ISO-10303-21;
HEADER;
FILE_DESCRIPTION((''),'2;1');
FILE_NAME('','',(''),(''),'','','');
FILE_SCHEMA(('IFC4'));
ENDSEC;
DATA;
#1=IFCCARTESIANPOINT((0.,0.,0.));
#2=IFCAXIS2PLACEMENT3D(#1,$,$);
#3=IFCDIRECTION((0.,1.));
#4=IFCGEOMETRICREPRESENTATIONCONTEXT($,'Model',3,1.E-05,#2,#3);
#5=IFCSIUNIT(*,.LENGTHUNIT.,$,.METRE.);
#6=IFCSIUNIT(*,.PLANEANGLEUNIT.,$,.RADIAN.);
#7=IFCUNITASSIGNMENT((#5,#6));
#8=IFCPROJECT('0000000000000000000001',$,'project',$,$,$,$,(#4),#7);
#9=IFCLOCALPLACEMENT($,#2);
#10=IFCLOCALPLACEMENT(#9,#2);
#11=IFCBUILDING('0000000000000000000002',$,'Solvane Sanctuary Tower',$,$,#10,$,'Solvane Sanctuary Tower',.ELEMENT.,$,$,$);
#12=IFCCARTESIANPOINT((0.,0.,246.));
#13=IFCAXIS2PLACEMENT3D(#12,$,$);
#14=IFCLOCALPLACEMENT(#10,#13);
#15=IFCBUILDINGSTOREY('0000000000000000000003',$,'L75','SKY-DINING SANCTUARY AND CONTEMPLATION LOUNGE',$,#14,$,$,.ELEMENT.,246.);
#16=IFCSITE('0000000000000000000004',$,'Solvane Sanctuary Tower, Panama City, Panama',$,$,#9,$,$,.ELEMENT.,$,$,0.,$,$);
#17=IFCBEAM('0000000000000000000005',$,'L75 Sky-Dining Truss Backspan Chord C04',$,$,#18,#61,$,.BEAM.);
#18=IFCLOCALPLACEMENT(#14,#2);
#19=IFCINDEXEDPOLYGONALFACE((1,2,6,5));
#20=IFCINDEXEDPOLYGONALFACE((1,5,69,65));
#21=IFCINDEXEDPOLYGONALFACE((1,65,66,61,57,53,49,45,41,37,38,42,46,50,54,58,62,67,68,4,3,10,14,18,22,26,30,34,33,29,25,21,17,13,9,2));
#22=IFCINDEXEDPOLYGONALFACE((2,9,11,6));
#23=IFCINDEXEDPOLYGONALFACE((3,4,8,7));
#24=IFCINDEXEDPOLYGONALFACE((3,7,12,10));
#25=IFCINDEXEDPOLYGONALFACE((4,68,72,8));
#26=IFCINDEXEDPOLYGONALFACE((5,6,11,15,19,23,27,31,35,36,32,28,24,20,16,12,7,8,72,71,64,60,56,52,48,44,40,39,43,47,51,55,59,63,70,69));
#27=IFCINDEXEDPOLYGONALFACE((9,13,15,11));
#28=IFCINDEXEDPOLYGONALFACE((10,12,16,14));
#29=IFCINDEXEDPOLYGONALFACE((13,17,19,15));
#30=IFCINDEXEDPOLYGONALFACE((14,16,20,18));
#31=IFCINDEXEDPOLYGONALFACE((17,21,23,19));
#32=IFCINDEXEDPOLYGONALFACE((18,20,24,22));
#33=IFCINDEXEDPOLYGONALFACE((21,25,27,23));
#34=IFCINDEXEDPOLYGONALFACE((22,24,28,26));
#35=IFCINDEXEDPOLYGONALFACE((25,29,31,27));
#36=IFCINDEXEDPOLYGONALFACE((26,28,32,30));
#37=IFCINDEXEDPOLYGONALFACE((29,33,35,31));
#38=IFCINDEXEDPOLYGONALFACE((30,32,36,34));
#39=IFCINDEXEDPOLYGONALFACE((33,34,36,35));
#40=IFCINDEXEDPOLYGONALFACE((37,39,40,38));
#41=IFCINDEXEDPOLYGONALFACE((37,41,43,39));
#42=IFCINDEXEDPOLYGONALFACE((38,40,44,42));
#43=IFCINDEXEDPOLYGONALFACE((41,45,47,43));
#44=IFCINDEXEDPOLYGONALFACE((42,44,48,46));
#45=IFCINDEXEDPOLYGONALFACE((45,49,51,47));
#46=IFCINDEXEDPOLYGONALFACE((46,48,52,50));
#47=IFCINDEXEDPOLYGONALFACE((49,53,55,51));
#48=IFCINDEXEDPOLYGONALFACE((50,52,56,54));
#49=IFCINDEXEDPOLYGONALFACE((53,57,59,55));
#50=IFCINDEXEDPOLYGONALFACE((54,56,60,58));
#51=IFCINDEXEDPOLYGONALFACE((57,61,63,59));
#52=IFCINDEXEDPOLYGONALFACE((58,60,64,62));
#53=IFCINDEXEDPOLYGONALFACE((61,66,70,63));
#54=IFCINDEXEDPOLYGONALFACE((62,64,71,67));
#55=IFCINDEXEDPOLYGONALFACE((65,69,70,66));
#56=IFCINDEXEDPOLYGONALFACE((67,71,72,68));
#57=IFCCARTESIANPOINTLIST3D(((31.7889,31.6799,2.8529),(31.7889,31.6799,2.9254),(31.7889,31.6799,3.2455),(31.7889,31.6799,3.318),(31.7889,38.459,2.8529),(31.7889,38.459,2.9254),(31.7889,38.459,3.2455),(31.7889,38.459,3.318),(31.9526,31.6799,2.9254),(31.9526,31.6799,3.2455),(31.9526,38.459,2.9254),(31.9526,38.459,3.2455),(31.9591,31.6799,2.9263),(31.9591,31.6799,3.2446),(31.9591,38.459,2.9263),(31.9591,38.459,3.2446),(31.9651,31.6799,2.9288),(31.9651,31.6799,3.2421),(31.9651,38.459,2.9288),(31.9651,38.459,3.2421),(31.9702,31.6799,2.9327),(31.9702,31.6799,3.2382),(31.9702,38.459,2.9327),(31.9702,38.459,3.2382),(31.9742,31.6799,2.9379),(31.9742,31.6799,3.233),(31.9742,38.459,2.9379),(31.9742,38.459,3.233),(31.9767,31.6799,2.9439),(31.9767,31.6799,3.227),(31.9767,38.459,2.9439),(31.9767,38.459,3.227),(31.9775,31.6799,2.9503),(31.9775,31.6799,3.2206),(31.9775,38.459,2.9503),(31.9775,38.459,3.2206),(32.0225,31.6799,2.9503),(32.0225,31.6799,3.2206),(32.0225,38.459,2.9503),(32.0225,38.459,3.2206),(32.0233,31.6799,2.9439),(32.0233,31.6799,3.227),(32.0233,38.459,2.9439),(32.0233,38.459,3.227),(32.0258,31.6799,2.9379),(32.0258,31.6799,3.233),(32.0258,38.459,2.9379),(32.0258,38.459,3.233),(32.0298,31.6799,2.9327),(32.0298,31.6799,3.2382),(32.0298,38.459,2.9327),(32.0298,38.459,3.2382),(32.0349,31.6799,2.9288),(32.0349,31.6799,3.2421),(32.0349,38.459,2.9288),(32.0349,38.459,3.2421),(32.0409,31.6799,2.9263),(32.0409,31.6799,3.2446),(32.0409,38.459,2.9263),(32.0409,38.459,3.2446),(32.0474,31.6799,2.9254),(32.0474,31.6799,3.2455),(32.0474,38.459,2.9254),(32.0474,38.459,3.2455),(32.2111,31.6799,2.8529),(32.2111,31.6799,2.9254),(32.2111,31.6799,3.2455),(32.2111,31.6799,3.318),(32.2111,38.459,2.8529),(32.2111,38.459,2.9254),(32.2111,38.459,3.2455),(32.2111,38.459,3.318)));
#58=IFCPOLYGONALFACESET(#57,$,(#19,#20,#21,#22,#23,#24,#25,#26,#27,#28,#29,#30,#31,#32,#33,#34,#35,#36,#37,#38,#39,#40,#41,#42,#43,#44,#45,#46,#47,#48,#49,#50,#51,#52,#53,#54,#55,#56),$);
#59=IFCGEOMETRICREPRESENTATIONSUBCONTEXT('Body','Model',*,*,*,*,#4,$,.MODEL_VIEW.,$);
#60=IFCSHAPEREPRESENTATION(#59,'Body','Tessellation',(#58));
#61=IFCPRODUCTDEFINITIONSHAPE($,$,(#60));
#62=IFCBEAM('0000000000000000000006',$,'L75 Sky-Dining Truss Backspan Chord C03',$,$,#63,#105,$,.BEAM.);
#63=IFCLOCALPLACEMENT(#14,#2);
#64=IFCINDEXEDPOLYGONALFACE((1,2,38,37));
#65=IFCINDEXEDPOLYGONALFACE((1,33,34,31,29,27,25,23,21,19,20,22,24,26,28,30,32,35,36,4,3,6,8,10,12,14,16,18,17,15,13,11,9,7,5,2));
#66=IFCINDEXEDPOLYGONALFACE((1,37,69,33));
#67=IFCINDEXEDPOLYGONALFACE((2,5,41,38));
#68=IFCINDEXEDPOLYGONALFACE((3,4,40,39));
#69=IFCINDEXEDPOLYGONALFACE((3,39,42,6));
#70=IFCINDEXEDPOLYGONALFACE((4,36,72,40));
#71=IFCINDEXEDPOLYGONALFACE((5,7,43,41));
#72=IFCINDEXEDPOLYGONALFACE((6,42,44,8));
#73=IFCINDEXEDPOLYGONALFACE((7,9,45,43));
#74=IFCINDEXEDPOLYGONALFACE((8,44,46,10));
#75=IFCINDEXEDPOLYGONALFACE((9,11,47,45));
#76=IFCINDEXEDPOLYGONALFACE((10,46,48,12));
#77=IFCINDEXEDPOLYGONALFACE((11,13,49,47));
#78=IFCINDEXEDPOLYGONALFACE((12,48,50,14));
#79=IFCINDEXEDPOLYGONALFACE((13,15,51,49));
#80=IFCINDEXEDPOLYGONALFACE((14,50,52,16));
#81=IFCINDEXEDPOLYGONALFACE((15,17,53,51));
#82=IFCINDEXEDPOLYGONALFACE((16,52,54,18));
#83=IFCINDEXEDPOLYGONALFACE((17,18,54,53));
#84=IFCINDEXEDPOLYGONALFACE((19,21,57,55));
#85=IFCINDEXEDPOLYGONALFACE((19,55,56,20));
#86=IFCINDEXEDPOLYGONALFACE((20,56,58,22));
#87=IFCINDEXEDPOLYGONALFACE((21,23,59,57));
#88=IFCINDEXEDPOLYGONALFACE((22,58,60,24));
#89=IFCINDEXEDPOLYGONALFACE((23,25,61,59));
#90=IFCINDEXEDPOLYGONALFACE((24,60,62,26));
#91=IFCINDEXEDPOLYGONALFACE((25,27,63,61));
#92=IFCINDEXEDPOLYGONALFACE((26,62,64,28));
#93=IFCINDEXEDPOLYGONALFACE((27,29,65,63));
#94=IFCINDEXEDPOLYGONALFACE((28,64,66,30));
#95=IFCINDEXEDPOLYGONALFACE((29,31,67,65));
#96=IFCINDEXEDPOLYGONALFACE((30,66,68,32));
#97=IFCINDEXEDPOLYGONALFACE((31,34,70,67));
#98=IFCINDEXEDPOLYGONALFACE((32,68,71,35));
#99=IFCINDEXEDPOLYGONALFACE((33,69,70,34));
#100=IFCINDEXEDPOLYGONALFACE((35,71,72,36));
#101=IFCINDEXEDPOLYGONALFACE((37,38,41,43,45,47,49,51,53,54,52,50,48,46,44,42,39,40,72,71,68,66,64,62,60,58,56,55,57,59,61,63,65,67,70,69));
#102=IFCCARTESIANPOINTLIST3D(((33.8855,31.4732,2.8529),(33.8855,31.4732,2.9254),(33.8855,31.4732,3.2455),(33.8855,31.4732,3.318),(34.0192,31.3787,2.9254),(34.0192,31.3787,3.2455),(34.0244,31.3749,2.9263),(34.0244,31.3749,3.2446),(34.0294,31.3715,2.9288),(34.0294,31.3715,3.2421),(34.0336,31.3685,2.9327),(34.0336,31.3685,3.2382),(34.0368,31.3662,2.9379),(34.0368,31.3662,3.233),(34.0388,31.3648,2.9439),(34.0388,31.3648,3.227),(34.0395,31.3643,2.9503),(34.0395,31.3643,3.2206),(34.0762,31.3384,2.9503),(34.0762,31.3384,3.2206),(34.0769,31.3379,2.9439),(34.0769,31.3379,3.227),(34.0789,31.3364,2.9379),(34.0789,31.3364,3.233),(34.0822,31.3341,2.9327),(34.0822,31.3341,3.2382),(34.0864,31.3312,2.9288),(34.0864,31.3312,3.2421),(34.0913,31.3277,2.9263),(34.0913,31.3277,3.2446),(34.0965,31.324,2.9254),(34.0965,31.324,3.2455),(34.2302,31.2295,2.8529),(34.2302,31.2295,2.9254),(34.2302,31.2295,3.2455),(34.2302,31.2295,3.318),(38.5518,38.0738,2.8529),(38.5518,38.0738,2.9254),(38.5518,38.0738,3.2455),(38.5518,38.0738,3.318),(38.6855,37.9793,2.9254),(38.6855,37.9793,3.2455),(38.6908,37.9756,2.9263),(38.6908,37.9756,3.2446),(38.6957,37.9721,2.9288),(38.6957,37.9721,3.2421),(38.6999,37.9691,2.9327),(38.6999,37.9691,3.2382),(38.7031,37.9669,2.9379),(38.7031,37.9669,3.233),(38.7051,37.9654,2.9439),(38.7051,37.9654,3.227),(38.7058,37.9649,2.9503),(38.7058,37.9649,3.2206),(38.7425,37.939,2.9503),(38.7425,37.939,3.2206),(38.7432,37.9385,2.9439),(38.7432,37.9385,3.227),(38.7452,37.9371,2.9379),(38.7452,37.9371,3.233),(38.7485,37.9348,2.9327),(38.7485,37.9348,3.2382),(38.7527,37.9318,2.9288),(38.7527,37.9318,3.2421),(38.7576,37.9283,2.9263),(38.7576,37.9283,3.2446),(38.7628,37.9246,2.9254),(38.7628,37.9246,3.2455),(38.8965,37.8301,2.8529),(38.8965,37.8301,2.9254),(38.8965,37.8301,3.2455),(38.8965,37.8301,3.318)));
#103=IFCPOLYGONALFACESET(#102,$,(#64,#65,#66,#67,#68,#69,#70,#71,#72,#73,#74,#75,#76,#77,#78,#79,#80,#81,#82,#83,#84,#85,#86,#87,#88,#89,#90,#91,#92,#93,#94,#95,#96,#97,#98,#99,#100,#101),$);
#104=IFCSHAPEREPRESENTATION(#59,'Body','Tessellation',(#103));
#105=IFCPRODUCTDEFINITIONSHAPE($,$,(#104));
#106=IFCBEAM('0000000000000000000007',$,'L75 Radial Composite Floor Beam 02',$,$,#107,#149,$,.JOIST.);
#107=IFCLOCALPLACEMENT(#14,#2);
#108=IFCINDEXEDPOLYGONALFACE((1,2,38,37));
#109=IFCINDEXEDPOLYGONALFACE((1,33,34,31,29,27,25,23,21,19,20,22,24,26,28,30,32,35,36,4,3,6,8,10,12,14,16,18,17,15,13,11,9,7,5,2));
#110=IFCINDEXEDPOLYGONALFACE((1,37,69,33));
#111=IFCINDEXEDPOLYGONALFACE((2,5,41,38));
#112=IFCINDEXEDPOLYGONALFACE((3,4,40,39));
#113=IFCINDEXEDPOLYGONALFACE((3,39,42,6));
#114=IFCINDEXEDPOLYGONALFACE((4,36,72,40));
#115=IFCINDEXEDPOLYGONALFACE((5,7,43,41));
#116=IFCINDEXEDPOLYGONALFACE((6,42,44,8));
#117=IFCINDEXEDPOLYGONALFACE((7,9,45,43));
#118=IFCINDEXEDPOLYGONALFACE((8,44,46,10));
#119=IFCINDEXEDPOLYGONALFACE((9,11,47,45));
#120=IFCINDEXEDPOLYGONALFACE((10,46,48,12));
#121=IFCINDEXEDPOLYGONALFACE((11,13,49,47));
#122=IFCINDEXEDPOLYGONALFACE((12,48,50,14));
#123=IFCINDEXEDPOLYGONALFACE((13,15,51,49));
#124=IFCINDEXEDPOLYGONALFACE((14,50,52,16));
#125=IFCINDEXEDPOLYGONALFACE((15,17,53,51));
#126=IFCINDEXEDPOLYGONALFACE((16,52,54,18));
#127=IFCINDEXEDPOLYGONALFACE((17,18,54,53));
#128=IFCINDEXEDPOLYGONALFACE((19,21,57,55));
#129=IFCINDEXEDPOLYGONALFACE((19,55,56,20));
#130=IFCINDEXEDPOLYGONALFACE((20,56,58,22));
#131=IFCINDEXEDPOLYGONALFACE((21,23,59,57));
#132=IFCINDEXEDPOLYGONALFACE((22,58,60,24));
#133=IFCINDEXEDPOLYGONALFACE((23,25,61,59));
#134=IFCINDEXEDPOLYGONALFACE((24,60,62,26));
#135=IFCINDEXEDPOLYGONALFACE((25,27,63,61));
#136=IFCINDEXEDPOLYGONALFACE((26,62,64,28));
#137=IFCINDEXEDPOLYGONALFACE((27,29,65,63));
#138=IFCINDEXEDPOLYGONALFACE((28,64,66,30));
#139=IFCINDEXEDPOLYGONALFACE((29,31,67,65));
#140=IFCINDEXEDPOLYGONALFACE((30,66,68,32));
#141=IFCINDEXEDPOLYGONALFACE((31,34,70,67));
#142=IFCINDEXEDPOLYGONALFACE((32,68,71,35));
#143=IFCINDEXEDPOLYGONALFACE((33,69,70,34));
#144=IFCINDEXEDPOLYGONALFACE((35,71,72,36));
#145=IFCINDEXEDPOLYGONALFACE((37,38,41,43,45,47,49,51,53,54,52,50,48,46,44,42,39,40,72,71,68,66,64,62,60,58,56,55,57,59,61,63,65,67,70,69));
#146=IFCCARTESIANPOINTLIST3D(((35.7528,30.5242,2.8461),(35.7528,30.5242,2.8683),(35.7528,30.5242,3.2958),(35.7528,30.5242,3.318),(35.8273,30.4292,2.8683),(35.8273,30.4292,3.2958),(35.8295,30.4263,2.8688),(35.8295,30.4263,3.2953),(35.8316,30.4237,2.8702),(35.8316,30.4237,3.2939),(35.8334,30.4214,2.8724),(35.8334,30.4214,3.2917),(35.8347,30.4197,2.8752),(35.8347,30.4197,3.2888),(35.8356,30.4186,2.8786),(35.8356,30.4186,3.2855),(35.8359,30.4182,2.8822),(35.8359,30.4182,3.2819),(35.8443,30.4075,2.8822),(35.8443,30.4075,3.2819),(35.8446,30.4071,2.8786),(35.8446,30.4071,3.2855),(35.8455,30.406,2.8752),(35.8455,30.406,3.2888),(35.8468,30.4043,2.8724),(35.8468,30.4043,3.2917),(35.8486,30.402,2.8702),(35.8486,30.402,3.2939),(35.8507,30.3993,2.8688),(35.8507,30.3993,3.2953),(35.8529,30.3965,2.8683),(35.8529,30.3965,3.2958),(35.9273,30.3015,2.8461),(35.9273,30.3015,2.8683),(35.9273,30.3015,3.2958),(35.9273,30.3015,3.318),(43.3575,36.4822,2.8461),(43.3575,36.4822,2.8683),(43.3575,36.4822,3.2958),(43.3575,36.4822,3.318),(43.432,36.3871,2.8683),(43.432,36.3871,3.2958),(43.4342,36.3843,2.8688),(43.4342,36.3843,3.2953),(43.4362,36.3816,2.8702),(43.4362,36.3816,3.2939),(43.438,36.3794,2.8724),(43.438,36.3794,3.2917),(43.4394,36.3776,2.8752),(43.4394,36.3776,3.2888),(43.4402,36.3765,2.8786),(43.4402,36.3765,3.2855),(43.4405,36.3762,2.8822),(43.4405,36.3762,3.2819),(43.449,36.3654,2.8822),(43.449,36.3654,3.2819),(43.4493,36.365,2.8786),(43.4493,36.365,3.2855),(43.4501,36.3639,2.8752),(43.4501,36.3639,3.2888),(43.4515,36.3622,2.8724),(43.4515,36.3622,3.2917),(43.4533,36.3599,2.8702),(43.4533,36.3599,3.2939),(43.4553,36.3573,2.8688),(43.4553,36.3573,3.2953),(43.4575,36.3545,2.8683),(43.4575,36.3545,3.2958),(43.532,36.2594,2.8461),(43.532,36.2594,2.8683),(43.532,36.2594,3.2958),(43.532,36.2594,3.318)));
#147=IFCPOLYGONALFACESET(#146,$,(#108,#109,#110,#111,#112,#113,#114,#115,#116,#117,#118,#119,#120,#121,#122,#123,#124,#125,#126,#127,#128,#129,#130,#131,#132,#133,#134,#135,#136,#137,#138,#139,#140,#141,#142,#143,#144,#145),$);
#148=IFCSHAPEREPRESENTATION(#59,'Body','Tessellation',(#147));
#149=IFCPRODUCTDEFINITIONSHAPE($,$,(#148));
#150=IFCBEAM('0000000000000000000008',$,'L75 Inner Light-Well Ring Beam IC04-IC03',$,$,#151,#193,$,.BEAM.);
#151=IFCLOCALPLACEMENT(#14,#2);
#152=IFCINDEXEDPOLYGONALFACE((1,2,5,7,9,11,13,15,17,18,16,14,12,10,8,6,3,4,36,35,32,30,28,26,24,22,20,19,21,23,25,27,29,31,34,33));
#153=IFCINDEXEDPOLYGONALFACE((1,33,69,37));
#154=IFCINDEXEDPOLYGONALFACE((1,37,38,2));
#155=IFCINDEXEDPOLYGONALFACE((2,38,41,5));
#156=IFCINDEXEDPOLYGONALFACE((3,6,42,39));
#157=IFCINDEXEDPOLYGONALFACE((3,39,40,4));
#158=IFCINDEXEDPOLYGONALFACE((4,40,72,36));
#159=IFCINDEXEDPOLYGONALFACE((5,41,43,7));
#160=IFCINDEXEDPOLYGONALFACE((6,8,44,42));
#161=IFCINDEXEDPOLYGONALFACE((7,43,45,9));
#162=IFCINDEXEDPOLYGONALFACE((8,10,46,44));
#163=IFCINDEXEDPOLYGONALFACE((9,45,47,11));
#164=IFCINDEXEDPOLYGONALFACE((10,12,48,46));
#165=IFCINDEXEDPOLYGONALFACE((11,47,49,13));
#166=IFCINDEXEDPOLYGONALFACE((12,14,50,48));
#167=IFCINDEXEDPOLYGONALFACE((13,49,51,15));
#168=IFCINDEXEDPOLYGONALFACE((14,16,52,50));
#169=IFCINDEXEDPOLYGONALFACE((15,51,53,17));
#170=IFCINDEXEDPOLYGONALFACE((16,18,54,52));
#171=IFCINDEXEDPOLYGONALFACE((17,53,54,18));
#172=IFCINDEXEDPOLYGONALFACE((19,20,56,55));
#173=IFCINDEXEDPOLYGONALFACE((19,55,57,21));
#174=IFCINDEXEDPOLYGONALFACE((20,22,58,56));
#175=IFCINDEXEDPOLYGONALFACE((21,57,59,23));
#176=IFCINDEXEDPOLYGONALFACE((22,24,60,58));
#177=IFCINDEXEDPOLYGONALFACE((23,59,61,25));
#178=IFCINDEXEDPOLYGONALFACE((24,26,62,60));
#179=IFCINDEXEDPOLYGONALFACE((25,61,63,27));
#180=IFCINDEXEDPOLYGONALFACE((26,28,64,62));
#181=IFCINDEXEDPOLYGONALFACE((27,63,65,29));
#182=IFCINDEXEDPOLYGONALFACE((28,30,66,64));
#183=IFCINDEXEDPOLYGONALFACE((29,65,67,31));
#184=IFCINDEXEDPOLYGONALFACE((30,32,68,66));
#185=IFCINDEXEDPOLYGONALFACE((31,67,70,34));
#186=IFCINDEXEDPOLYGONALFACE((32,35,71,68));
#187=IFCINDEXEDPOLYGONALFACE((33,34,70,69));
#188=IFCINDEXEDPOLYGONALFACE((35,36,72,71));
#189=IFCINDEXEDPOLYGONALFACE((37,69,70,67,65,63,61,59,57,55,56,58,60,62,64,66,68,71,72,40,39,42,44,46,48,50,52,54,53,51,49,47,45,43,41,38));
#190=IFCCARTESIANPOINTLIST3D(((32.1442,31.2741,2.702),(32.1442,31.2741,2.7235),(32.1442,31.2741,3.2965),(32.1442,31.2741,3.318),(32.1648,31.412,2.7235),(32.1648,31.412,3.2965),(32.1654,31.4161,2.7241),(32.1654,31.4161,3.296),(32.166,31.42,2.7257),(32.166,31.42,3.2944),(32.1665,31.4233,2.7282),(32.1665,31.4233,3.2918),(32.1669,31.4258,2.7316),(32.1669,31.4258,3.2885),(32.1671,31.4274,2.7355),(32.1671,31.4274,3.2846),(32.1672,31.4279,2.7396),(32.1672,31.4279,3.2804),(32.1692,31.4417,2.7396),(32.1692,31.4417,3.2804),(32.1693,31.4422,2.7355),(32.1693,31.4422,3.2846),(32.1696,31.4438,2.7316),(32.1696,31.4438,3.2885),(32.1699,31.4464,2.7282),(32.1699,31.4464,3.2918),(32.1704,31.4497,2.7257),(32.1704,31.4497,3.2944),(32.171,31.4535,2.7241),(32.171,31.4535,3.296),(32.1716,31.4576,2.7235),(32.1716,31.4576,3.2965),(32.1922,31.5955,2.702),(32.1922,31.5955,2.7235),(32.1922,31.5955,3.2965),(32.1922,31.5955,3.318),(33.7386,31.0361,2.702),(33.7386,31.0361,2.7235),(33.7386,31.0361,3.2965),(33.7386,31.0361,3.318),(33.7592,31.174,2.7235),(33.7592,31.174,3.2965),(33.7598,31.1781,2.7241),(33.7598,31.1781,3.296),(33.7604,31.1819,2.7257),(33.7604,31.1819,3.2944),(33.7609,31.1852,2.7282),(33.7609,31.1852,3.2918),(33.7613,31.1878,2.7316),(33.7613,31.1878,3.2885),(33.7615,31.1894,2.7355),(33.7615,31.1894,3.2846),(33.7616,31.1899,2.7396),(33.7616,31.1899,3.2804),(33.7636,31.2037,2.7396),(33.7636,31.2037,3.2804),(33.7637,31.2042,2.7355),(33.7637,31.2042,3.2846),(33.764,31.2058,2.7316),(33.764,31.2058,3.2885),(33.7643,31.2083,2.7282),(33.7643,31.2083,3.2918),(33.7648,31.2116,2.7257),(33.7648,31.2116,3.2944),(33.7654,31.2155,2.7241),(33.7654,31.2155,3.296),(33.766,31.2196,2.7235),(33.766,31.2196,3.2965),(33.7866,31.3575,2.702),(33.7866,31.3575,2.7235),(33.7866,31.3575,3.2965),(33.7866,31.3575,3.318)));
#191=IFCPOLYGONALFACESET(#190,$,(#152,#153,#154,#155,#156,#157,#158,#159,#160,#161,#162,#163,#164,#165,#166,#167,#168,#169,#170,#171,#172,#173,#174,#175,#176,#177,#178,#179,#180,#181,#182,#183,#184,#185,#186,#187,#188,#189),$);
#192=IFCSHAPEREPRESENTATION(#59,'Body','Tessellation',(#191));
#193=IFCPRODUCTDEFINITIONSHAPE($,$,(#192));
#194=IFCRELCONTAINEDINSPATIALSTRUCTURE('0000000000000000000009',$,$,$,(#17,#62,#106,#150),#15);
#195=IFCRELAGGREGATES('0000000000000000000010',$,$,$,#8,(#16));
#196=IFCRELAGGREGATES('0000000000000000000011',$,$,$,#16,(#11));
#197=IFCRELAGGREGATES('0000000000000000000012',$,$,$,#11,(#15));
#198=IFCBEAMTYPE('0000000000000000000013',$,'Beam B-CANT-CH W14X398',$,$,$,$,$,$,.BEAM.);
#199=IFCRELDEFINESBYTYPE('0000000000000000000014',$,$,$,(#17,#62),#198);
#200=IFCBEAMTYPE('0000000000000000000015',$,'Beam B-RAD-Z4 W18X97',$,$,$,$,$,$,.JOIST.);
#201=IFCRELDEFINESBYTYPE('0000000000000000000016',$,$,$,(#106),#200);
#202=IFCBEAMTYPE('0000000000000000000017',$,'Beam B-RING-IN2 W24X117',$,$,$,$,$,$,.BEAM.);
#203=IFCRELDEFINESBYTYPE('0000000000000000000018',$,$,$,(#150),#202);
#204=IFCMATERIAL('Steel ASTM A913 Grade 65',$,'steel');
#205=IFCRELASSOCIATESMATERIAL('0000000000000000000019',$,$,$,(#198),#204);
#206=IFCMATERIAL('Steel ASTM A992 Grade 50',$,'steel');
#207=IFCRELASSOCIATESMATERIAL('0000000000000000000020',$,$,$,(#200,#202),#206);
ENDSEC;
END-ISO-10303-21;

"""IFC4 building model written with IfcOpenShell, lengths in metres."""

from ifc_helpers import new_model, si_unit, direction, frame, origin, origin_2d, place, context, subcontext, project, spatial, i_section, extrude, material, material_profile, profile_set, type_object, element, save


model = new_model("IFC4")

# Units and contexts
model_context = context("Model", 3, precision=1e-05, world=origin(), true_north=direction((0.0, 1.0)))
body_context = subcontext(model_context, "Body", "Model", "MODEL_VIEW")
ifc_project = project(units=[si_unit("LENGTHUNIT", "METRE"), si_unit("PLANEANGLEUNIT", "RADIAN")], contexts=[model_context])

# Site, building, storey
site_placement = place(None, origin())
site = spatial("IfcSite", under=ifc_project, at=site_placement, Name="Solvane Sanctuary Tower, Panama City, Panama", CompositionType="ELEMENT", RefElevation=0.0)
building_placement = place(site_placement, origin())
building = spatial("IfcBuilding", under=site, at=building_placement, Name="Solvane Sanctuary Tower", LongName="Solvane Sanctuary Tower", CompositionType="ELEMENT")
storey_placement = place(building_placement, frame((0.0, 0.0, 246.0)))
storey = spatial("IfcBuildingStorey", under=building, at=storey_placement, Name="L75", Description="SKY-DINING SANCTUARY AND CONTEMPLATION LOUNGE", CompositionType="ELEMENT", Elevation=246.0)

# Shared definitions
ifc_material_1 = material(Name="Steel ASTM A913 Grade 65", Category="steel")

# Beams
ifc_material_profile_1 = material_profile(ifc_material_1, i_section(OverallWidth=0.4221, OverallDepth=0.4651, WebThickness=0.0449, FlangeThickness=0.0725, FilletRadius=0.0249, at=origin_2d()), Name="W14X398")
ifc_profile_set_1 = profile_set([ifc_material_profile_1], Name="Steel ASTM A913 Grade 65")
beam_type_1 = type_object("IfcBeamType", Name="Beam B-CANT-CH W14X398", PredefinedType="BEAM", material=ifc_profile_set_1)
beam_1_placement = place(storey_placement, frame((32.0, 31.6799, 3.0854), z_axis=(0.0, 1.0, 0.0), x_axis=(-1.0, 0.0, 0.0)))
element("IfcBeam", 1, at=beam_1_placement, inside=storey, type_object=beam_type_1, Name="L75 Sky-Dining Truss Backspan Chord C04", PredefinedType="BEAM", context=body_context, shape_type="SweptSolid", body=[
    extrude(i_section(OverallWidth=0.4221, OverallDepth=0.4651, WebThickness=0.0449, FlangeThickness=0.0725, FilletRadius=0.0249, at=origin_2d()), origin(), (0.0, 0.0, 1.0), 6.7791),
])
beam_2_placement = place(storey_placement, frame((34.0579, 31.3513, 3.0854), z_axis=(0.577263, 0.816558, 0.0), x_axis=(-0.816558, 0.577263, 0.0)))
element("IfcBeam", 2, at=beam_2_placement, inside=storey, type_object=beam_type_1, Name="L75 Sky-Dining Truss Backspan Chord C03", PredefinedType="BEAM", context=body_context, shape_type="SweptSolid", body=[
    extrude(i_section(OverallWidth=0.4221, OverallDepth=0.4651, WebThickness=0.0449, FlangeThickness=0.0725, FilletRadius=0.0249, at=origin_2d()), origin(), (0.0, 0.0, 1.0), 8.0835),
])
ifc_material_2 = material(Name="Steel ASTM A992 Grade 50", Category="steel")
ifc_material_profile_2 = material_profile(ifc_material_2, i_section(OverallWidth=0.283, OverallDepth=0.4719, WebThickness=0.0137, FlangeThickness=0.0222, FilletRadius=0.0139, at=origin_2d()), Name="W18X97")
ifc_profile_set_2 = profile_set([ifc_material_profile_2], Name="Steel ASTM A992 Grade 50")
beam_type_2 = type_object("IfcBeamType", Name="Beam B-RAD-Z4 W18X97", PredefinedType="JOIST", material=ifc_profile_set_2)
beam_3_placement = place(storey_placement, frame((35.8401, 30.4128, 3.082), z_axis=(0.78718, 0.616724, 0.0), x_axis=(-0.616724, 0.78718, 0.0)))
element("IfcBeam", 3, at=beam_3_placement, inside=storey, type_object=beam_type_2, Name="L75 Radial Composite Floor Beam 02", PredefinedType="JOIST", context=body_context, shape_type="SweptSolid", body=[
    extrude(i_section(OverallWidth=0.283, OverallDepth=0.4719, WebThickness=0.0137, FlangeThickness=0.0222, FilletRadius=0.0139, at=origin_2d()), origin(), (0.0, 0.0, 1.0), 9.6606),
])
ifc_material_profile_3 = material_profile(ifc_material_2, i_section(OverallWidth=0.325, OverallDepth=0.616, WebThickness=0.0139, FlangeThickness=0.0215, FilletRadius=0.0161, at=origin_2d()), Name="W24X117")
ifc_profile_set_3 = profile_set([ifc_material_profile_3], Name="Steel ASTM A992 Grade 50")
beam_type_3 = type_object("IfcBeamType", Name="Beam B-RING-IN2 W24X117", PredefinedType="BEAM", material=ifc_profile_set_3)
beam_4_placement = place(storey_placement, frame((32.1682, 31.4348, 3.01), z_axis=(0.989039, -0.147652, 0.0), x_axis=(0.147652, 0.989039, 0.0)))
element("IfcBeam", 4, at=beam_4_placement, inside=storey, type_object=beam_type_3, Name="L75 Inner Light-Well Ring Beam IC04-IC03", PredefinedType="BEAM", context=body_context, shape_type="SweptSolid", body=[
    extrude(i_section(OverallWidth=0.325, OverallDepth=0.616, WebThickness=0.0139, FlangeThickness=0.0215, FilletRadius=0.0161, at=origin_2d()), origin(), (0.0, 0.0, 1.0), 1.6121),
])

save(model, "model.ifc")
